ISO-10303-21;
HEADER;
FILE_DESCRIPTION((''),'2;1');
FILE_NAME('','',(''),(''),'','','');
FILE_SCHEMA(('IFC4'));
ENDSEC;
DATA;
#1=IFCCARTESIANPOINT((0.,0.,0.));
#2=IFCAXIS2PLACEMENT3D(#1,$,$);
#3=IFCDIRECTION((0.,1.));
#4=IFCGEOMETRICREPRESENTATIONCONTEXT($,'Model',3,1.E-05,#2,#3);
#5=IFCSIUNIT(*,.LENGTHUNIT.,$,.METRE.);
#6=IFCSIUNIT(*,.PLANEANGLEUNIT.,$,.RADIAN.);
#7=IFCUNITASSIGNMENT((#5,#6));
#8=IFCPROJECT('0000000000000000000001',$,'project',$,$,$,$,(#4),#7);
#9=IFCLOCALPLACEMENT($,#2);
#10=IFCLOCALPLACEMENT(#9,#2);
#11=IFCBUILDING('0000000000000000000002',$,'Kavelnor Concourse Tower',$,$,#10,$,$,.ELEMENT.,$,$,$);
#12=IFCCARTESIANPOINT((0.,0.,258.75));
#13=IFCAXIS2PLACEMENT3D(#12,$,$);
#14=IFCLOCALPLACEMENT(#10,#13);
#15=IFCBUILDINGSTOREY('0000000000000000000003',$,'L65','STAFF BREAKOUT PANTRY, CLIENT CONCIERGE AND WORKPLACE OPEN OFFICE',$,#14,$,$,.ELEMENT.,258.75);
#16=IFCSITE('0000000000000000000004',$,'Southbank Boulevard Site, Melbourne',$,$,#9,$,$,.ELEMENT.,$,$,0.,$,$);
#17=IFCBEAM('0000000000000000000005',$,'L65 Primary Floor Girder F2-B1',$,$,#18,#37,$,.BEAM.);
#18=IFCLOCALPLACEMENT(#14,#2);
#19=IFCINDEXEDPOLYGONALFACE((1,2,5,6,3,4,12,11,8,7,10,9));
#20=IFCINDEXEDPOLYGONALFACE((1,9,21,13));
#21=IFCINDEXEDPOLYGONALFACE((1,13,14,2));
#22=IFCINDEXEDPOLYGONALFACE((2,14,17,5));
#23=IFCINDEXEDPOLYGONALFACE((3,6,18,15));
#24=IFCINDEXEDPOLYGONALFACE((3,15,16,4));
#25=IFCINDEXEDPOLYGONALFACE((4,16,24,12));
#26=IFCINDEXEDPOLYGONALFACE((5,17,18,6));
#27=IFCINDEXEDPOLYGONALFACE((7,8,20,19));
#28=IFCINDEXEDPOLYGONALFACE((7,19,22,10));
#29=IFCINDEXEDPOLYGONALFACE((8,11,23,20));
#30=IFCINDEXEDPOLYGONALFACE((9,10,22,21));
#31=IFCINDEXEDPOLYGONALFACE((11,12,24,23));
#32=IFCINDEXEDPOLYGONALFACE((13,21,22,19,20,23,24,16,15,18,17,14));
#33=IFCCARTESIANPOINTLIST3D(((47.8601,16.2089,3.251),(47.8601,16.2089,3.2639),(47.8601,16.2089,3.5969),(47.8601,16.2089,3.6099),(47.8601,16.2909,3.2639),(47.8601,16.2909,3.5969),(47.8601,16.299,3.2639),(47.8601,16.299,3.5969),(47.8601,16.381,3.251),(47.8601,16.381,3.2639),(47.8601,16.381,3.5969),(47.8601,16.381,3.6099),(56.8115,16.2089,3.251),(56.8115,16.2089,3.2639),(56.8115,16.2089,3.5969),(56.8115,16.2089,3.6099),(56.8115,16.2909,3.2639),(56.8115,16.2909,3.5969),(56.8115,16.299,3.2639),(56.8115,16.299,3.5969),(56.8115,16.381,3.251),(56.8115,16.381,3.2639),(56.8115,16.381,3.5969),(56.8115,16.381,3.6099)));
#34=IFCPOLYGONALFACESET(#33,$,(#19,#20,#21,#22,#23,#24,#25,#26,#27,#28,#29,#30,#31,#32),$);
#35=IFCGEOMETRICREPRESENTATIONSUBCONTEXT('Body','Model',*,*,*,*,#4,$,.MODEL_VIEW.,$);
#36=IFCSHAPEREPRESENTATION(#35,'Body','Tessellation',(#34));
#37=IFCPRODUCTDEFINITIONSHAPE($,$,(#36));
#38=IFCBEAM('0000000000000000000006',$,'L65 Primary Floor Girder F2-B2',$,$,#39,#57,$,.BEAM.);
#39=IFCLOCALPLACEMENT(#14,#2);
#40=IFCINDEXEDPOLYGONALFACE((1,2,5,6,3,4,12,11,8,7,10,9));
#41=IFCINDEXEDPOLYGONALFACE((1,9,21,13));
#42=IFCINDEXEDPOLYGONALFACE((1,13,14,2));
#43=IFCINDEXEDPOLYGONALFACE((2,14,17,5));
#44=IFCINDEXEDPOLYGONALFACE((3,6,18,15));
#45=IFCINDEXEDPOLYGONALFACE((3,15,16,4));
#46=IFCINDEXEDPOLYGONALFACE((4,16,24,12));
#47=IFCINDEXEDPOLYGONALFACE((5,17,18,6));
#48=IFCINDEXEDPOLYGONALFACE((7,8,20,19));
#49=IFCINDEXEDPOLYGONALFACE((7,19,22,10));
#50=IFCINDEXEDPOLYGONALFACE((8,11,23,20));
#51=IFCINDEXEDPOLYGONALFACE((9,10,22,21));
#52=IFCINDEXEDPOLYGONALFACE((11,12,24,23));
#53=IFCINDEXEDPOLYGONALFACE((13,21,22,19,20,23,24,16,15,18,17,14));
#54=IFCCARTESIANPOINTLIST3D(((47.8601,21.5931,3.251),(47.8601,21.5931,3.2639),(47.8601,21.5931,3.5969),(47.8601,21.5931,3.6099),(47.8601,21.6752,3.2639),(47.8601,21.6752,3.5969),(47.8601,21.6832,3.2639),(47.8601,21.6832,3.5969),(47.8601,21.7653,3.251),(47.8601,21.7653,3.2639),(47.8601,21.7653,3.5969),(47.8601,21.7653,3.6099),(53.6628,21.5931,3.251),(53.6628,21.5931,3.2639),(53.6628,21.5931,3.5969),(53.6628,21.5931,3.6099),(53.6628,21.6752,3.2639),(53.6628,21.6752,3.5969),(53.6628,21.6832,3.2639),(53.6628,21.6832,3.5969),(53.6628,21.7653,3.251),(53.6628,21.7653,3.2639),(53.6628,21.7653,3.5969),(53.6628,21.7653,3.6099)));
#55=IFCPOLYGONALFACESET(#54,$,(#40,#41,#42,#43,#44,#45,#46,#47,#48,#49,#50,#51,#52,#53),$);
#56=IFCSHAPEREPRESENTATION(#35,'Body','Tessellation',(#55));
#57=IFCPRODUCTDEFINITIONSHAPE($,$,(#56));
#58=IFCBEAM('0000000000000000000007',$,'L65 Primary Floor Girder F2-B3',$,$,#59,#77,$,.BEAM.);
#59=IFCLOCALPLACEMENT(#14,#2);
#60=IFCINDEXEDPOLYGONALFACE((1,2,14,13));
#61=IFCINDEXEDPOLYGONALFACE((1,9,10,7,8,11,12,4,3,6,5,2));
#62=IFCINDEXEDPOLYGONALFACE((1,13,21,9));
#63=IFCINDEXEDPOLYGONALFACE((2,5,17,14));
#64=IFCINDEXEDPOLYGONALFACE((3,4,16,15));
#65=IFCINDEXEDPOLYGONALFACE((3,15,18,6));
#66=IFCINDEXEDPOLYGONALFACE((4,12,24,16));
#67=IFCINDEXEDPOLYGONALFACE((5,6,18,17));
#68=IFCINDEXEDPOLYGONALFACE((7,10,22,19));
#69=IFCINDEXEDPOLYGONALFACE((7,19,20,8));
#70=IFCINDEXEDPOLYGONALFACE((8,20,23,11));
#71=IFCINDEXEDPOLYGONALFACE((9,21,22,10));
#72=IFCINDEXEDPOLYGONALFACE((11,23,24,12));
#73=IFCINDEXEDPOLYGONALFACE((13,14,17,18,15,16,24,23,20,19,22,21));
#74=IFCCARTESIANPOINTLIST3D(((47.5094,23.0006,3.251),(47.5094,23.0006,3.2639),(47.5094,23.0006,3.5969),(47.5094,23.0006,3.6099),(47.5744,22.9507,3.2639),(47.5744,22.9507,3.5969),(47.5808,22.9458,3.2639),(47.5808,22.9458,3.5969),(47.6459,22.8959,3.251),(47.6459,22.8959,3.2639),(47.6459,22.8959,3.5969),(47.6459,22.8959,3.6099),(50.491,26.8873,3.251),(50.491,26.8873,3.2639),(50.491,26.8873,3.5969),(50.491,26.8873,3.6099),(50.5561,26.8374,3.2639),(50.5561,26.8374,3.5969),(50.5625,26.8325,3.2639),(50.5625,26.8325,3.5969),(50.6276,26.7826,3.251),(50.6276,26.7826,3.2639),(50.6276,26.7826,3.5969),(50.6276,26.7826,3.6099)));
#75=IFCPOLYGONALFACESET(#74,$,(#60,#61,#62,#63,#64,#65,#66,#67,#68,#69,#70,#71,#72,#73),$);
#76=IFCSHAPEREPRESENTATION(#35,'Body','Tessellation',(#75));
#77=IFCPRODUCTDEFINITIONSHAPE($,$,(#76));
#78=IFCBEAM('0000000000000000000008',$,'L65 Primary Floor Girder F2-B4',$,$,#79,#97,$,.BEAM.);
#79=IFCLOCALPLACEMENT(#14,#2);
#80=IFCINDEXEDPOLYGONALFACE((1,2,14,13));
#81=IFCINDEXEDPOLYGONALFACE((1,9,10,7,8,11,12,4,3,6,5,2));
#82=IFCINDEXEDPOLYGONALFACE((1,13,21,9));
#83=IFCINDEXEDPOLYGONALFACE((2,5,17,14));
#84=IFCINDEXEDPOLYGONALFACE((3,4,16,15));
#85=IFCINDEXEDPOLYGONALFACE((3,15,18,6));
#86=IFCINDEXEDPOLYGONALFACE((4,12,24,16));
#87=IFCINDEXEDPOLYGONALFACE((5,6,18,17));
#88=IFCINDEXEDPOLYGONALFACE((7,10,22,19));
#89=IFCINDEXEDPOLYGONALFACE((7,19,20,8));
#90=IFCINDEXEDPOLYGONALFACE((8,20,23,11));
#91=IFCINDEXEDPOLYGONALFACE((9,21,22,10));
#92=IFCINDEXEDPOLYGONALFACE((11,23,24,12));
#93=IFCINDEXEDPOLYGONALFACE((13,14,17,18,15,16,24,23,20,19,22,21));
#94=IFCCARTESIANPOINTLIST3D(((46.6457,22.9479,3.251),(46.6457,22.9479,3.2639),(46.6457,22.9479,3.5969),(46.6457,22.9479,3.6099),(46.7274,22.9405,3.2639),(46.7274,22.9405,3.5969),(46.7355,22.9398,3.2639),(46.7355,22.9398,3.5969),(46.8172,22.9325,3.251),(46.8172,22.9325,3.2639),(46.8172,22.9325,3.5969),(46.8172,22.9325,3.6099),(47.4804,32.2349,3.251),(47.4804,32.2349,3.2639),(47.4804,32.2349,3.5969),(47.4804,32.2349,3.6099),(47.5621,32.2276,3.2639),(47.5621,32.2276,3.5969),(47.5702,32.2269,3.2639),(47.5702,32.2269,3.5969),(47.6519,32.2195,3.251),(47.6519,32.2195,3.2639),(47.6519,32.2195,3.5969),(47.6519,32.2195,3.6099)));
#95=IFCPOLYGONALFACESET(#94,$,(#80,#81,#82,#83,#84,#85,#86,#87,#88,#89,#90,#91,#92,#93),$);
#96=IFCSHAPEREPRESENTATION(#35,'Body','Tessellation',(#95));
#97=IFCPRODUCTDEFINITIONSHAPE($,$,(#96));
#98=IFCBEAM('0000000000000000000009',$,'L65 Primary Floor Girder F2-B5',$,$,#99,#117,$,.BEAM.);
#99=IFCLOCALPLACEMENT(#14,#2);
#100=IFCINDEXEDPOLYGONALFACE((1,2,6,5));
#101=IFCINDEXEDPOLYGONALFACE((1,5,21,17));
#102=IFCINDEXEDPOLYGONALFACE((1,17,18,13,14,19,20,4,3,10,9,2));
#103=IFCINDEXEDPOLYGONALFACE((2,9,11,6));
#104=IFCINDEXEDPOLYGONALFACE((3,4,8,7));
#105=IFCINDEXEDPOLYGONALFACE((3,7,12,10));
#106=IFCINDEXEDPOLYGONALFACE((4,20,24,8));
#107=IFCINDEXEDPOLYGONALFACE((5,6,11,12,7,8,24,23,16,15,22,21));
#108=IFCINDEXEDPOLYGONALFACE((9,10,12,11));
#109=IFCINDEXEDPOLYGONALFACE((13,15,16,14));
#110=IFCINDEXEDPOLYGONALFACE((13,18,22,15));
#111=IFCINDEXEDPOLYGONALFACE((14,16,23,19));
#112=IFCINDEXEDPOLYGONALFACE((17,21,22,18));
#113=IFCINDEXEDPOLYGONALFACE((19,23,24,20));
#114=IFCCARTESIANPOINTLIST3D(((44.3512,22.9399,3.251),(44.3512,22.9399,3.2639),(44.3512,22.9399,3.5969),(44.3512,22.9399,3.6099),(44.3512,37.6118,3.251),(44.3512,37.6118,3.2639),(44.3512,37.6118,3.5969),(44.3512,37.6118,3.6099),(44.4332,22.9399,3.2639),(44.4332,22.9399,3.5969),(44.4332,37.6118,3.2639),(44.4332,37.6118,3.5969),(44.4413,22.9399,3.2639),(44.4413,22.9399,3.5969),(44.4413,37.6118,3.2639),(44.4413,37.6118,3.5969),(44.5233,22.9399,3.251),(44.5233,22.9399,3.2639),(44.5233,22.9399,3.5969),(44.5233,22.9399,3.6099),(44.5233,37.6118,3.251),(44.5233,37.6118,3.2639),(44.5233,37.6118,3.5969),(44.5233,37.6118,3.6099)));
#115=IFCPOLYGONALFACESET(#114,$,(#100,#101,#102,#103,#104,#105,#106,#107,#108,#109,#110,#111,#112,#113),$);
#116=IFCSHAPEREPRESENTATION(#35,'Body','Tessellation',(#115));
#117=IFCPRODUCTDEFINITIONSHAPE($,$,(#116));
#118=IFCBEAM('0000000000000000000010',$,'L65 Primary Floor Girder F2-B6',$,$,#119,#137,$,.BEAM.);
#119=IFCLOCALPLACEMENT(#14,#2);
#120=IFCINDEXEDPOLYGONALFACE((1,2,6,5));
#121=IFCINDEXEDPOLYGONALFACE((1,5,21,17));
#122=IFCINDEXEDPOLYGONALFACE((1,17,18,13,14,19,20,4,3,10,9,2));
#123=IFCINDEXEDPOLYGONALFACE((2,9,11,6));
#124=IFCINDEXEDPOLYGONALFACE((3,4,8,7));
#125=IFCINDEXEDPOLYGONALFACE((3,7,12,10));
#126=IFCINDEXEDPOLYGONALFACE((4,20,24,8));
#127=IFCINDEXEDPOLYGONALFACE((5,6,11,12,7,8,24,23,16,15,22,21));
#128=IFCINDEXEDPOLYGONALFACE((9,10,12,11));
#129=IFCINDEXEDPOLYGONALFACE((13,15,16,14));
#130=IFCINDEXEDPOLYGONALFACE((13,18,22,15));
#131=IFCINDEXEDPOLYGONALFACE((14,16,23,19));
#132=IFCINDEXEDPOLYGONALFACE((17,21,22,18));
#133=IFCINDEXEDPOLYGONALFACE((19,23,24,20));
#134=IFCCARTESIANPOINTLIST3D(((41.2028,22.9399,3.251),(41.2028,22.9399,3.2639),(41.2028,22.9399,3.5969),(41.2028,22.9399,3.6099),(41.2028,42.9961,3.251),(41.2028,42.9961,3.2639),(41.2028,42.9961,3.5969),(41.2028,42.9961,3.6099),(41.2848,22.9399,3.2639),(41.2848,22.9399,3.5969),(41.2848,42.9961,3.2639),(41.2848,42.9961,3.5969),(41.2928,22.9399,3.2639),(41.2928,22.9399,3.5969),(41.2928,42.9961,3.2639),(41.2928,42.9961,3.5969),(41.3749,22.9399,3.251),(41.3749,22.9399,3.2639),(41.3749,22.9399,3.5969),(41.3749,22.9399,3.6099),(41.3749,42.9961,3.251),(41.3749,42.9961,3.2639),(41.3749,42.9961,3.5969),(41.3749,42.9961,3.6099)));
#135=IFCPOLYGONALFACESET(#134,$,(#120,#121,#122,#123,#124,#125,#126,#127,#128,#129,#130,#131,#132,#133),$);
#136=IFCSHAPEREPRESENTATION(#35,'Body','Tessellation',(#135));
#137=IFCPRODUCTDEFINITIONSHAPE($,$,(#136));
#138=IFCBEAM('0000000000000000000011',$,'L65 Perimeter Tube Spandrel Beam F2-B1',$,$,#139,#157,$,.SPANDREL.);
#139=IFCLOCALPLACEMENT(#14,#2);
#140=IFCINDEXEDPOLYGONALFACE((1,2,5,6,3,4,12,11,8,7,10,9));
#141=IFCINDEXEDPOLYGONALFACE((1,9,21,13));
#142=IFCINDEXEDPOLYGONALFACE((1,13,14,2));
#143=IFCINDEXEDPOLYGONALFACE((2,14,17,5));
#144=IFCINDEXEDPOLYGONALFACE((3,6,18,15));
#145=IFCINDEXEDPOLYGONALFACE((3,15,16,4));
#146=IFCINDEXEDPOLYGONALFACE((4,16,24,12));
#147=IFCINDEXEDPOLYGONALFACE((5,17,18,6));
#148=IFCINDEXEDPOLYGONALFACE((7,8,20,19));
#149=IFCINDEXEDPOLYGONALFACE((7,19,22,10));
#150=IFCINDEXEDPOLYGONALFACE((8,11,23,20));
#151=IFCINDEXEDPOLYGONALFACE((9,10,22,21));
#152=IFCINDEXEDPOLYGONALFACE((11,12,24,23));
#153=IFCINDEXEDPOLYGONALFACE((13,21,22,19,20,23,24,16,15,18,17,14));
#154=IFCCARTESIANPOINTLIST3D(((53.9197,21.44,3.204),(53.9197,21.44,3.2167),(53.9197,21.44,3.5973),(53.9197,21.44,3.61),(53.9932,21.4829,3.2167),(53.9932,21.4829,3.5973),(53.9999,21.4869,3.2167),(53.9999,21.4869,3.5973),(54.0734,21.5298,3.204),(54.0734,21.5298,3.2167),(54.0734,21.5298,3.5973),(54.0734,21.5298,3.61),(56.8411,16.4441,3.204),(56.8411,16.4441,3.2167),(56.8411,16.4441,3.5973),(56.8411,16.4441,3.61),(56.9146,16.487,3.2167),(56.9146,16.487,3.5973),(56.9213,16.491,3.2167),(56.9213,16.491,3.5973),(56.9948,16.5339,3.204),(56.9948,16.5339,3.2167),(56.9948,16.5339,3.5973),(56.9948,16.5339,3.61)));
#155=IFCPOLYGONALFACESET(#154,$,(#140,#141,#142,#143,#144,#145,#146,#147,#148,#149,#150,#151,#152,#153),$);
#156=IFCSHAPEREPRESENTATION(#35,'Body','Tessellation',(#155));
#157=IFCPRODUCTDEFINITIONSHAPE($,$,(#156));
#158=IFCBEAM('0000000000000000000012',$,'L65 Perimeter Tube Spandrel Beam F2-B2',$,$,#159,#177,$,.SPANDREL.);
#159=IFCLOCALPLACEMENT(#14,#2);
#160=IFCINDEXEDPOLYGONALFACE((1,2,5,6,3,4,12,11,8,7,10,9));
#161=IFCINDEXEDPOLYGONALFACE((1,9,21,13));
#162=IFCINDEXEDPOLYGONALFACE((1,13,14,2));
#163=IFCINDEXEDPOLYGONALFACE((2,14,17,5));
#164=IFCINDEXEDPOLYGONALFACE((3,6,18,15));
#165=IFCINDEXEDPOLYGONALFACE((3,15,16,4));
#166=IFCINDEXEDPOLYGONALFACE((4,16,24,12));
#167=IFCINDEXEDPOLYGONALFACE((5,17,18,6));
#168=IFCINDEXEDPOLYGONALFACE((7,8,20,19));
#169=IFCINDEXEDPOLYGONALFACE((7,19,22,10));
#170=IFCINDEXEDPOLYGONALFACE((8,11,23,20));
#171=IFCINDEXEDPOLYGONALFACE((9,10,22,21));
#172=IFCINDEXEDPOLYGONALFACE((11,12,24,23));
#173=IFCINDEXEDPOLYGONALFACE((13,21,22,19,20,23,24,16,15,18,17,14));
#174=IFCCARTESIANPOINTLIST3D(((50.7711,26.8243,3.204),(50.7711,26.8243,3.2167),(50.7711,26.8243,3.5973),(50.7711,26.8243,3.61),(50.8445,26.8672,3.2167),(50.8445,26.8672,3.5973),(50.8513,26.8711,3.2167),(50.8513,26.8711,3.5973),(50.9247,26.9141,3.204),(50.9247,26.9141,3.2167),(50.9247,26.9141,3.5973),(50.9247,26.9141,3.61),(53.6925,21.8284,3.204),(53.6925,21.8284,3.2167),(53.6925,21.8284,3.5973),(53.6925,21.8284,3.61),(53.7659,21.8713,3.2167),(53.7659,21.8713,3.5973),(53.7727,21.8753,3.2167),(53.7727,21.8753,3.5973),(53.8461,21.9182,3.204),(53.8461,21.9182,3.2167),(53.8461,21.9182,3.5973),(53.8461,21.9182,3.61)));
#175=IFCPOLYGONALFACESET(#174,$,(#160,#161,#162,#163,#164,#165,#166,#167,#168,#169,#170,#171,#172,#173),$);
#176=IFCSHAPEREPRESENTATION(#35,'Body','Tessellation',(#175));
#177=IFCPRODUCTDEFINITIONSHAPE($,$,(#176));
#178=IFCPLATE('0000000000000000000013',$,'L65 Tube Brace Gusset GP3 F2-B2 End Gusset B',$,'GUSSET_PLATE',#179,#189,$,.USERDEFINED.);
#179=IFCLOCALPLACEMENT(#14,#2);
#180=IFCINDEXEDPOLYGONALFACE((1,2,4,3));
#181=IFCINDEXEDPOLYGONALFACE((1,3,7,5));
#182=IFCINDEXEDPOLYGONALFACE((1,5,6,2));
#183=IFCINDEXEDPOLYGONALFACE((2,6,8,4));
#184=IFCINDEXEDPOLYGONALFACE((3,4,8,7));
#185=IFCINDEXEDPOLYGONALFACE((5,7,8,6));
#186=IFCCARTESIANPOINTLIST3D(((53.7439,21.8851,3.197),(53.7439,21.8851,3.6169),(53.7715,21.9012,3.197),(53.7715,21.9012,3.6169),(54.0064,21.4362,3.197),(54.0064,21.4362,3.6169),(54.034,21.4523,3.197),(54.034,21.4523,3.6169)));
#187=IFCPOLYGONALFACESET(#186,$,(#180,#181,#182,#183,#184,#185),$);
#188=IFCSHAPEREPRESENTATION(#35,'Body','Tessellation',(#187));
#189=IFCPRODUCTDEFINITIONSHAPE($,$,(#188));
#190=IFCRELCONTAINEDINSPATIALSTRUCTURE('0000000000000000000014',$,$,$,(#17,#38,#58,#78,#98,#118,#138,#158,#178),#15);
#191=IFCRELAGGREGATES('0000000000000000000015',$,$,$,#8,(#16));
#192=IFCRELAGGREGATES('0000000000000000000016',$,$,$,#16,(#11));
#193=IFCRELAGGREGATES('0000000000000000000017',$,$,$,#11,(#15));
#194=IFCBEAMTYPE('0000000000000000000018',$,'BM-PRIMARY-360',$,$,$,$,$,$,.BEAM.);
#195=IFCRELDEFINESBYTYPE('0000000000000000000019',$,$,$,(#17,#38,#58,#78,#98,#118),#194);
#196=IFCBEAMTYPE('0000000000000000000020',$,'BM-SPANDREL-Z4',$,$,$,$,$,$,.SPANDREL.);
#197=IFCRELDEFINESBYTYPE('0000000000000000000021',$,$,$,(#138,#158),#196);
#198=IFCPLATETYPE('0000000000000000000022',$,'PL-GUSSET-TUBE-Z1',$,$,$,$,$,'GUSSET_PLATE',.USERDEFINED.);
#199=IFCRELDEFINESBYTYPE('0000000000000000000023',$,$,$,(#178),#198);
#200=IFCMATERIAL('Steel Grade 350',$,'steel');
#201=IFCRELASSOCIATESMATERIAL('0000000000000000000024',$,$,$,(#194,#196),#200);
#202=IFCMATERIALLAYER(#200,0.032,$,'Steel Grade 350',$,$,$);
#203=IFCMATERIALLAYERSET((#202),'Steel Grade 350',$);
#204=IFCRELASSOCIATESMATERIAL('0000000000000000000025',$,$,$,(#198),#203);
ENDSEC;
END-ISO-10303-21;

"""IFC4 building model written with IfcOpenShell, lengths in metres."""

from ifc_helpers import new_model, si_unit, direction, frame, origin, origin_2d, place, context, subcontext, project, spatial, rectangle, i_section, extrude, material, layer, layer_set, material_profile, profile_set, type_object, element, save


model = new_model("IFC4")

# Units and contexts
model_context = context("Model", 3, precision=1e-05, world=origin(), true_north=direction((0.0, 1.0)))
body_context = subcontext(model_context, "Body", "Model", "MODEL_VIEW")
ifc_project = project(units=[si_unit("LENGTHUNIT", "METRE"), si_unit("PLANEANGLEUNIT", "RADIAN")], contexts=[model_context])

# Site, building, storey
site_placement = place(None, origin())
site = spatial("IfcSite", under=ifc_project, at=site_placement, Name="Southbank Boulevard Site, Melbourne", CompositionType="ELEMENT", RefElevation=0.0)
building_placement = place(site_placement, origin())
building = spatial("IfcBuilding", under=site, at=building_placement, Name="Kavelnor Concourse Tower", CompositionType="ELEMENT")
storey_placement = place(building_placement, frame((0.0, 0.0, 258.75)))
storey = spatial("IfcBuildingStorey", under=building, at=storey_placement, Name="L65", Description="STAFF BREAKOUT PANTRY, CLIENT CONCIERGE AND WORKPLACE OPEN OFFICE", CompositionType="ELEMENT", Elevation=258.75)

# Shared definitions
ifc_material_1 = material(Name="Steel Grade 350", Category="steel")

# Beams
ifc_material_profile_1 = material_profile(ifc_material_1, i_section(OverallWidth=0.1721, OverallDepth=0.3589, WebThickness=0.0081, FlangeThickness=0.0129, at=origin_2d()), Name="360UB56")
ifc_profile_set_1 = profile_set([ifc_material_profile_1], Name="Steel Grade 350")
beam_type_1 = type_object("IfcBeamType", Name="BM-PRIMARY-360", PredefinedType="BEAM", material=ifc_profile_set_1)
beam_1_placement = place(storey_placement, frame((47.8601, 16.2949, 3.4304), z_axis=(1.0, 0.0, 0.0), x_axis=(0.0, 1.0, 0.0)))
element("IfcBeam", 1, at=beam_1_placement, inside=storey, type_object=beam_type_1, Name="L65 Primary Floor Girder F2-B1", PredefinedType="BEAM", context=body_context, shape_type="SweptSolid", body=[
    extrude(i_section(OverallWidth=0.1721, OverallDepth=0.3589, WebThickness=0.0081, FlangeThickness=0.0129, at=origin_2d()), origin(), (0.0, 0.0, 1.0), 8.9514),
])
beam_2_placement = place(storey_placement, frame((47.8601, 21.6792, 3.4304), z_axis=(1.0, 0.0, 0.0), x_axis=(0.0, 1.0, 0.0)))
element("IfcBeam", 2, at=beam_2_placement, inside=storey, type_object=beam_type_1, Name="L65 Primary Floor Girder F2-B2", PredefinedType="BEAM", context=body_context, shape_type="SweptSolid", body=[
    extrude(i_section(OverallWidth=0.1721, OverallDepth=0.3589, WebThickness=0.0081, FlangeThickness=0.0129, at=origin_2d()), origin(), (0.0, 0.0, 1.0), 5.8027),
])
beam_3_placement = place(storey_placement, frame((47.5776, 22.9482, 3.4304), z_axis=(0.608672, 0.793422, 0.0), x_axis=(-0.793422, 0.608672, 0.0)))
element("IfcBeam", 3, at=beam_3_placement, inside=storey, type_object=beam_type_1, Name="L65 Primary Floor Girder F2-B3", PredefinedType="BEAM", context=body_context, shape_type="SweptSolid", body=[
    extrude(i_section(OverallWidth=0.1721, OverallDepth=0.3589, WebThickness=0.0081, FlangeThickness=0.0129, at=origin_2d()), origin(), (0.0, 0.0, 1.0), 4.8987),
])
beam_4_placement = place(storey_placement, frame((46.7314, 22.9402, 3.4304), z_axis=(0.089518, 0.995985, 0.0), x_axis=(-0.995985, 0.089518, 0.0)))
element("IfcBeam", 4, at=beam_4_placement, inside=storey, type_object=beam_type_1, Name="L65 Primary Floor Girder F2-B4", PredefinedType="BEAM", context=body_context, shape_type="SweptSolid", body=[
    extrude(i_section(OverallWidth=0.1721, OverallDepth=0.3589, WebThickness=0.0081, FlangeThickness=0.0129, at=origin_2d()), origin(), (0.0, 0.0, 1.0), 9.3245),
])
beam_5_placement = place(storey_placement, frame((44.4373, 22.9399, 3.4304), z_axis=(0.0, 1.0, 0.0), x_axis=(-1.0, 0.0, 0.0)))
element("IfcBeam", 5, at=beam_5_placement, inside=storey, type_object=beam_type_1, Name="L65 Primary Floor Girder F2-B5", PredefinedType="BEAM", context=body_context, shape_type="SweptSolid", body=[
    extrude(i_section(OverallWidth=0.1721, OverallDepth=0.3589, WebThickness=0.0081, FlangeThickness=0.0129, at=origin_2d()), origin(), (0.0, 0.0, 1.0), 14.6719),
])
beam_6_placement = place(storey_placement, frame((41.2888, 22.9399, 3.4304), z_axis=(0.0, 1.0, 0.0), x_axis=(-1.0, 0.0, 0.0)))
element("IfcBeam", 6, at=beam_6_placement, inside=storey, type_object=beam_type_1, Name="L65 Primary Floor Girder F2-B6", PredefinedType="BEAM", context=body_context, shape_type="SweptSolid", body=[
    extrude(i_section(OverallWidth=0.1721, OverallDepth=0.3589, WebThickness=0.0081, FlangeThickness=0.0129, at=origin_2d()), origin(), (0.0, 0.0, 1.0), 20.0562),
])
ifc_material_profile_2 = material_profile(ifc_material_1, i_section(OverallWidth=0.178, OverallDepth=0.406, WebThickness=0.0078, FlangeThickness=0.0127, at=origin_2d()), Name="410UB59")
ifc_profile_set_2 = profile_set([ifc_material_profile_2], Name="Steel Grade 350")
beam_type_2 = type_object("IfcBeamType", Name="BM-SPANDREL-Z4", PredefinedType="SPANDREL", material=ifc_profile_set_2)
for number, where, z_axis, x_axis, name in (
    (7, (56.918, 16.489, 3.407), (-0.504791, 0.863241, 0.0), (-0.863241, -0.504791, 0.0), "L65 Perimeter Tube Spandrel Beam F2-B1"),
    (8, (53.7693, 21.8733, 3.407), (-0.504791, 0.863241, 0.0), (-0.863241, -0.504791, 0.0), "L65 Perimeter Tube Spandrel Beam F2-B2"),
):
    element("IfcBeam", number, at=place(storey_placement, frame(where, z_axis=z_axis, x_axis=x_axis)), inside=storey, type_object=beam_type_2, Name=name, PredefinedType="SPANDREL", context=body_context, shape_type="SweptSolid", body=[
        extrude(i_section(OverallWidth=0.178, OverallDepth=0.406, WebThickness=0.0078, FlangeThickness=0.0127, at=origin_2d()), origin(), (0.0, 0.0, 1.0), 5.7874),
    ])

# Plate
ifc_layer_1 = layer(ifc_material_1, 0.032, Name="Steel Grade 350")
ifc_layer_set_1 = layer_set([ifc_layer_1], Name="Steel Grade 350")
plate_type_1 = type_object("IfcPlateType", Name="PL-GUSSET-TUBE-Z1", ElementType="GUSSET_PLATE", PredefinedType="USERDEFINED", material=ifc_layer_set_1)
plate_1_placement = place(storey_placement, frame((53.8889, 21.6687, 3.197), z_axis=(0.0, 0.0, 1.0), x_axis=(0.504829, -0.863219, 0.0)))
element("IfcPlate", 9, at=plate_1_placement, inside=storey, type_object=plate_type_1, Name="L65 Tube Brace Gusset GP3 F2-B2 End Gusset B", ObjectType="GUSSET_PLATE", PredefinedType="USERDEFINED", context=body_context, shape_type="SweptSolid", body=[
    extrude(rectangle(XDim=0.52, YDim=0.032, at=origin_2d()), origin(), (0.0, 0.0, 1.0), 0.4199),
])

save(model, "model.ifc")
